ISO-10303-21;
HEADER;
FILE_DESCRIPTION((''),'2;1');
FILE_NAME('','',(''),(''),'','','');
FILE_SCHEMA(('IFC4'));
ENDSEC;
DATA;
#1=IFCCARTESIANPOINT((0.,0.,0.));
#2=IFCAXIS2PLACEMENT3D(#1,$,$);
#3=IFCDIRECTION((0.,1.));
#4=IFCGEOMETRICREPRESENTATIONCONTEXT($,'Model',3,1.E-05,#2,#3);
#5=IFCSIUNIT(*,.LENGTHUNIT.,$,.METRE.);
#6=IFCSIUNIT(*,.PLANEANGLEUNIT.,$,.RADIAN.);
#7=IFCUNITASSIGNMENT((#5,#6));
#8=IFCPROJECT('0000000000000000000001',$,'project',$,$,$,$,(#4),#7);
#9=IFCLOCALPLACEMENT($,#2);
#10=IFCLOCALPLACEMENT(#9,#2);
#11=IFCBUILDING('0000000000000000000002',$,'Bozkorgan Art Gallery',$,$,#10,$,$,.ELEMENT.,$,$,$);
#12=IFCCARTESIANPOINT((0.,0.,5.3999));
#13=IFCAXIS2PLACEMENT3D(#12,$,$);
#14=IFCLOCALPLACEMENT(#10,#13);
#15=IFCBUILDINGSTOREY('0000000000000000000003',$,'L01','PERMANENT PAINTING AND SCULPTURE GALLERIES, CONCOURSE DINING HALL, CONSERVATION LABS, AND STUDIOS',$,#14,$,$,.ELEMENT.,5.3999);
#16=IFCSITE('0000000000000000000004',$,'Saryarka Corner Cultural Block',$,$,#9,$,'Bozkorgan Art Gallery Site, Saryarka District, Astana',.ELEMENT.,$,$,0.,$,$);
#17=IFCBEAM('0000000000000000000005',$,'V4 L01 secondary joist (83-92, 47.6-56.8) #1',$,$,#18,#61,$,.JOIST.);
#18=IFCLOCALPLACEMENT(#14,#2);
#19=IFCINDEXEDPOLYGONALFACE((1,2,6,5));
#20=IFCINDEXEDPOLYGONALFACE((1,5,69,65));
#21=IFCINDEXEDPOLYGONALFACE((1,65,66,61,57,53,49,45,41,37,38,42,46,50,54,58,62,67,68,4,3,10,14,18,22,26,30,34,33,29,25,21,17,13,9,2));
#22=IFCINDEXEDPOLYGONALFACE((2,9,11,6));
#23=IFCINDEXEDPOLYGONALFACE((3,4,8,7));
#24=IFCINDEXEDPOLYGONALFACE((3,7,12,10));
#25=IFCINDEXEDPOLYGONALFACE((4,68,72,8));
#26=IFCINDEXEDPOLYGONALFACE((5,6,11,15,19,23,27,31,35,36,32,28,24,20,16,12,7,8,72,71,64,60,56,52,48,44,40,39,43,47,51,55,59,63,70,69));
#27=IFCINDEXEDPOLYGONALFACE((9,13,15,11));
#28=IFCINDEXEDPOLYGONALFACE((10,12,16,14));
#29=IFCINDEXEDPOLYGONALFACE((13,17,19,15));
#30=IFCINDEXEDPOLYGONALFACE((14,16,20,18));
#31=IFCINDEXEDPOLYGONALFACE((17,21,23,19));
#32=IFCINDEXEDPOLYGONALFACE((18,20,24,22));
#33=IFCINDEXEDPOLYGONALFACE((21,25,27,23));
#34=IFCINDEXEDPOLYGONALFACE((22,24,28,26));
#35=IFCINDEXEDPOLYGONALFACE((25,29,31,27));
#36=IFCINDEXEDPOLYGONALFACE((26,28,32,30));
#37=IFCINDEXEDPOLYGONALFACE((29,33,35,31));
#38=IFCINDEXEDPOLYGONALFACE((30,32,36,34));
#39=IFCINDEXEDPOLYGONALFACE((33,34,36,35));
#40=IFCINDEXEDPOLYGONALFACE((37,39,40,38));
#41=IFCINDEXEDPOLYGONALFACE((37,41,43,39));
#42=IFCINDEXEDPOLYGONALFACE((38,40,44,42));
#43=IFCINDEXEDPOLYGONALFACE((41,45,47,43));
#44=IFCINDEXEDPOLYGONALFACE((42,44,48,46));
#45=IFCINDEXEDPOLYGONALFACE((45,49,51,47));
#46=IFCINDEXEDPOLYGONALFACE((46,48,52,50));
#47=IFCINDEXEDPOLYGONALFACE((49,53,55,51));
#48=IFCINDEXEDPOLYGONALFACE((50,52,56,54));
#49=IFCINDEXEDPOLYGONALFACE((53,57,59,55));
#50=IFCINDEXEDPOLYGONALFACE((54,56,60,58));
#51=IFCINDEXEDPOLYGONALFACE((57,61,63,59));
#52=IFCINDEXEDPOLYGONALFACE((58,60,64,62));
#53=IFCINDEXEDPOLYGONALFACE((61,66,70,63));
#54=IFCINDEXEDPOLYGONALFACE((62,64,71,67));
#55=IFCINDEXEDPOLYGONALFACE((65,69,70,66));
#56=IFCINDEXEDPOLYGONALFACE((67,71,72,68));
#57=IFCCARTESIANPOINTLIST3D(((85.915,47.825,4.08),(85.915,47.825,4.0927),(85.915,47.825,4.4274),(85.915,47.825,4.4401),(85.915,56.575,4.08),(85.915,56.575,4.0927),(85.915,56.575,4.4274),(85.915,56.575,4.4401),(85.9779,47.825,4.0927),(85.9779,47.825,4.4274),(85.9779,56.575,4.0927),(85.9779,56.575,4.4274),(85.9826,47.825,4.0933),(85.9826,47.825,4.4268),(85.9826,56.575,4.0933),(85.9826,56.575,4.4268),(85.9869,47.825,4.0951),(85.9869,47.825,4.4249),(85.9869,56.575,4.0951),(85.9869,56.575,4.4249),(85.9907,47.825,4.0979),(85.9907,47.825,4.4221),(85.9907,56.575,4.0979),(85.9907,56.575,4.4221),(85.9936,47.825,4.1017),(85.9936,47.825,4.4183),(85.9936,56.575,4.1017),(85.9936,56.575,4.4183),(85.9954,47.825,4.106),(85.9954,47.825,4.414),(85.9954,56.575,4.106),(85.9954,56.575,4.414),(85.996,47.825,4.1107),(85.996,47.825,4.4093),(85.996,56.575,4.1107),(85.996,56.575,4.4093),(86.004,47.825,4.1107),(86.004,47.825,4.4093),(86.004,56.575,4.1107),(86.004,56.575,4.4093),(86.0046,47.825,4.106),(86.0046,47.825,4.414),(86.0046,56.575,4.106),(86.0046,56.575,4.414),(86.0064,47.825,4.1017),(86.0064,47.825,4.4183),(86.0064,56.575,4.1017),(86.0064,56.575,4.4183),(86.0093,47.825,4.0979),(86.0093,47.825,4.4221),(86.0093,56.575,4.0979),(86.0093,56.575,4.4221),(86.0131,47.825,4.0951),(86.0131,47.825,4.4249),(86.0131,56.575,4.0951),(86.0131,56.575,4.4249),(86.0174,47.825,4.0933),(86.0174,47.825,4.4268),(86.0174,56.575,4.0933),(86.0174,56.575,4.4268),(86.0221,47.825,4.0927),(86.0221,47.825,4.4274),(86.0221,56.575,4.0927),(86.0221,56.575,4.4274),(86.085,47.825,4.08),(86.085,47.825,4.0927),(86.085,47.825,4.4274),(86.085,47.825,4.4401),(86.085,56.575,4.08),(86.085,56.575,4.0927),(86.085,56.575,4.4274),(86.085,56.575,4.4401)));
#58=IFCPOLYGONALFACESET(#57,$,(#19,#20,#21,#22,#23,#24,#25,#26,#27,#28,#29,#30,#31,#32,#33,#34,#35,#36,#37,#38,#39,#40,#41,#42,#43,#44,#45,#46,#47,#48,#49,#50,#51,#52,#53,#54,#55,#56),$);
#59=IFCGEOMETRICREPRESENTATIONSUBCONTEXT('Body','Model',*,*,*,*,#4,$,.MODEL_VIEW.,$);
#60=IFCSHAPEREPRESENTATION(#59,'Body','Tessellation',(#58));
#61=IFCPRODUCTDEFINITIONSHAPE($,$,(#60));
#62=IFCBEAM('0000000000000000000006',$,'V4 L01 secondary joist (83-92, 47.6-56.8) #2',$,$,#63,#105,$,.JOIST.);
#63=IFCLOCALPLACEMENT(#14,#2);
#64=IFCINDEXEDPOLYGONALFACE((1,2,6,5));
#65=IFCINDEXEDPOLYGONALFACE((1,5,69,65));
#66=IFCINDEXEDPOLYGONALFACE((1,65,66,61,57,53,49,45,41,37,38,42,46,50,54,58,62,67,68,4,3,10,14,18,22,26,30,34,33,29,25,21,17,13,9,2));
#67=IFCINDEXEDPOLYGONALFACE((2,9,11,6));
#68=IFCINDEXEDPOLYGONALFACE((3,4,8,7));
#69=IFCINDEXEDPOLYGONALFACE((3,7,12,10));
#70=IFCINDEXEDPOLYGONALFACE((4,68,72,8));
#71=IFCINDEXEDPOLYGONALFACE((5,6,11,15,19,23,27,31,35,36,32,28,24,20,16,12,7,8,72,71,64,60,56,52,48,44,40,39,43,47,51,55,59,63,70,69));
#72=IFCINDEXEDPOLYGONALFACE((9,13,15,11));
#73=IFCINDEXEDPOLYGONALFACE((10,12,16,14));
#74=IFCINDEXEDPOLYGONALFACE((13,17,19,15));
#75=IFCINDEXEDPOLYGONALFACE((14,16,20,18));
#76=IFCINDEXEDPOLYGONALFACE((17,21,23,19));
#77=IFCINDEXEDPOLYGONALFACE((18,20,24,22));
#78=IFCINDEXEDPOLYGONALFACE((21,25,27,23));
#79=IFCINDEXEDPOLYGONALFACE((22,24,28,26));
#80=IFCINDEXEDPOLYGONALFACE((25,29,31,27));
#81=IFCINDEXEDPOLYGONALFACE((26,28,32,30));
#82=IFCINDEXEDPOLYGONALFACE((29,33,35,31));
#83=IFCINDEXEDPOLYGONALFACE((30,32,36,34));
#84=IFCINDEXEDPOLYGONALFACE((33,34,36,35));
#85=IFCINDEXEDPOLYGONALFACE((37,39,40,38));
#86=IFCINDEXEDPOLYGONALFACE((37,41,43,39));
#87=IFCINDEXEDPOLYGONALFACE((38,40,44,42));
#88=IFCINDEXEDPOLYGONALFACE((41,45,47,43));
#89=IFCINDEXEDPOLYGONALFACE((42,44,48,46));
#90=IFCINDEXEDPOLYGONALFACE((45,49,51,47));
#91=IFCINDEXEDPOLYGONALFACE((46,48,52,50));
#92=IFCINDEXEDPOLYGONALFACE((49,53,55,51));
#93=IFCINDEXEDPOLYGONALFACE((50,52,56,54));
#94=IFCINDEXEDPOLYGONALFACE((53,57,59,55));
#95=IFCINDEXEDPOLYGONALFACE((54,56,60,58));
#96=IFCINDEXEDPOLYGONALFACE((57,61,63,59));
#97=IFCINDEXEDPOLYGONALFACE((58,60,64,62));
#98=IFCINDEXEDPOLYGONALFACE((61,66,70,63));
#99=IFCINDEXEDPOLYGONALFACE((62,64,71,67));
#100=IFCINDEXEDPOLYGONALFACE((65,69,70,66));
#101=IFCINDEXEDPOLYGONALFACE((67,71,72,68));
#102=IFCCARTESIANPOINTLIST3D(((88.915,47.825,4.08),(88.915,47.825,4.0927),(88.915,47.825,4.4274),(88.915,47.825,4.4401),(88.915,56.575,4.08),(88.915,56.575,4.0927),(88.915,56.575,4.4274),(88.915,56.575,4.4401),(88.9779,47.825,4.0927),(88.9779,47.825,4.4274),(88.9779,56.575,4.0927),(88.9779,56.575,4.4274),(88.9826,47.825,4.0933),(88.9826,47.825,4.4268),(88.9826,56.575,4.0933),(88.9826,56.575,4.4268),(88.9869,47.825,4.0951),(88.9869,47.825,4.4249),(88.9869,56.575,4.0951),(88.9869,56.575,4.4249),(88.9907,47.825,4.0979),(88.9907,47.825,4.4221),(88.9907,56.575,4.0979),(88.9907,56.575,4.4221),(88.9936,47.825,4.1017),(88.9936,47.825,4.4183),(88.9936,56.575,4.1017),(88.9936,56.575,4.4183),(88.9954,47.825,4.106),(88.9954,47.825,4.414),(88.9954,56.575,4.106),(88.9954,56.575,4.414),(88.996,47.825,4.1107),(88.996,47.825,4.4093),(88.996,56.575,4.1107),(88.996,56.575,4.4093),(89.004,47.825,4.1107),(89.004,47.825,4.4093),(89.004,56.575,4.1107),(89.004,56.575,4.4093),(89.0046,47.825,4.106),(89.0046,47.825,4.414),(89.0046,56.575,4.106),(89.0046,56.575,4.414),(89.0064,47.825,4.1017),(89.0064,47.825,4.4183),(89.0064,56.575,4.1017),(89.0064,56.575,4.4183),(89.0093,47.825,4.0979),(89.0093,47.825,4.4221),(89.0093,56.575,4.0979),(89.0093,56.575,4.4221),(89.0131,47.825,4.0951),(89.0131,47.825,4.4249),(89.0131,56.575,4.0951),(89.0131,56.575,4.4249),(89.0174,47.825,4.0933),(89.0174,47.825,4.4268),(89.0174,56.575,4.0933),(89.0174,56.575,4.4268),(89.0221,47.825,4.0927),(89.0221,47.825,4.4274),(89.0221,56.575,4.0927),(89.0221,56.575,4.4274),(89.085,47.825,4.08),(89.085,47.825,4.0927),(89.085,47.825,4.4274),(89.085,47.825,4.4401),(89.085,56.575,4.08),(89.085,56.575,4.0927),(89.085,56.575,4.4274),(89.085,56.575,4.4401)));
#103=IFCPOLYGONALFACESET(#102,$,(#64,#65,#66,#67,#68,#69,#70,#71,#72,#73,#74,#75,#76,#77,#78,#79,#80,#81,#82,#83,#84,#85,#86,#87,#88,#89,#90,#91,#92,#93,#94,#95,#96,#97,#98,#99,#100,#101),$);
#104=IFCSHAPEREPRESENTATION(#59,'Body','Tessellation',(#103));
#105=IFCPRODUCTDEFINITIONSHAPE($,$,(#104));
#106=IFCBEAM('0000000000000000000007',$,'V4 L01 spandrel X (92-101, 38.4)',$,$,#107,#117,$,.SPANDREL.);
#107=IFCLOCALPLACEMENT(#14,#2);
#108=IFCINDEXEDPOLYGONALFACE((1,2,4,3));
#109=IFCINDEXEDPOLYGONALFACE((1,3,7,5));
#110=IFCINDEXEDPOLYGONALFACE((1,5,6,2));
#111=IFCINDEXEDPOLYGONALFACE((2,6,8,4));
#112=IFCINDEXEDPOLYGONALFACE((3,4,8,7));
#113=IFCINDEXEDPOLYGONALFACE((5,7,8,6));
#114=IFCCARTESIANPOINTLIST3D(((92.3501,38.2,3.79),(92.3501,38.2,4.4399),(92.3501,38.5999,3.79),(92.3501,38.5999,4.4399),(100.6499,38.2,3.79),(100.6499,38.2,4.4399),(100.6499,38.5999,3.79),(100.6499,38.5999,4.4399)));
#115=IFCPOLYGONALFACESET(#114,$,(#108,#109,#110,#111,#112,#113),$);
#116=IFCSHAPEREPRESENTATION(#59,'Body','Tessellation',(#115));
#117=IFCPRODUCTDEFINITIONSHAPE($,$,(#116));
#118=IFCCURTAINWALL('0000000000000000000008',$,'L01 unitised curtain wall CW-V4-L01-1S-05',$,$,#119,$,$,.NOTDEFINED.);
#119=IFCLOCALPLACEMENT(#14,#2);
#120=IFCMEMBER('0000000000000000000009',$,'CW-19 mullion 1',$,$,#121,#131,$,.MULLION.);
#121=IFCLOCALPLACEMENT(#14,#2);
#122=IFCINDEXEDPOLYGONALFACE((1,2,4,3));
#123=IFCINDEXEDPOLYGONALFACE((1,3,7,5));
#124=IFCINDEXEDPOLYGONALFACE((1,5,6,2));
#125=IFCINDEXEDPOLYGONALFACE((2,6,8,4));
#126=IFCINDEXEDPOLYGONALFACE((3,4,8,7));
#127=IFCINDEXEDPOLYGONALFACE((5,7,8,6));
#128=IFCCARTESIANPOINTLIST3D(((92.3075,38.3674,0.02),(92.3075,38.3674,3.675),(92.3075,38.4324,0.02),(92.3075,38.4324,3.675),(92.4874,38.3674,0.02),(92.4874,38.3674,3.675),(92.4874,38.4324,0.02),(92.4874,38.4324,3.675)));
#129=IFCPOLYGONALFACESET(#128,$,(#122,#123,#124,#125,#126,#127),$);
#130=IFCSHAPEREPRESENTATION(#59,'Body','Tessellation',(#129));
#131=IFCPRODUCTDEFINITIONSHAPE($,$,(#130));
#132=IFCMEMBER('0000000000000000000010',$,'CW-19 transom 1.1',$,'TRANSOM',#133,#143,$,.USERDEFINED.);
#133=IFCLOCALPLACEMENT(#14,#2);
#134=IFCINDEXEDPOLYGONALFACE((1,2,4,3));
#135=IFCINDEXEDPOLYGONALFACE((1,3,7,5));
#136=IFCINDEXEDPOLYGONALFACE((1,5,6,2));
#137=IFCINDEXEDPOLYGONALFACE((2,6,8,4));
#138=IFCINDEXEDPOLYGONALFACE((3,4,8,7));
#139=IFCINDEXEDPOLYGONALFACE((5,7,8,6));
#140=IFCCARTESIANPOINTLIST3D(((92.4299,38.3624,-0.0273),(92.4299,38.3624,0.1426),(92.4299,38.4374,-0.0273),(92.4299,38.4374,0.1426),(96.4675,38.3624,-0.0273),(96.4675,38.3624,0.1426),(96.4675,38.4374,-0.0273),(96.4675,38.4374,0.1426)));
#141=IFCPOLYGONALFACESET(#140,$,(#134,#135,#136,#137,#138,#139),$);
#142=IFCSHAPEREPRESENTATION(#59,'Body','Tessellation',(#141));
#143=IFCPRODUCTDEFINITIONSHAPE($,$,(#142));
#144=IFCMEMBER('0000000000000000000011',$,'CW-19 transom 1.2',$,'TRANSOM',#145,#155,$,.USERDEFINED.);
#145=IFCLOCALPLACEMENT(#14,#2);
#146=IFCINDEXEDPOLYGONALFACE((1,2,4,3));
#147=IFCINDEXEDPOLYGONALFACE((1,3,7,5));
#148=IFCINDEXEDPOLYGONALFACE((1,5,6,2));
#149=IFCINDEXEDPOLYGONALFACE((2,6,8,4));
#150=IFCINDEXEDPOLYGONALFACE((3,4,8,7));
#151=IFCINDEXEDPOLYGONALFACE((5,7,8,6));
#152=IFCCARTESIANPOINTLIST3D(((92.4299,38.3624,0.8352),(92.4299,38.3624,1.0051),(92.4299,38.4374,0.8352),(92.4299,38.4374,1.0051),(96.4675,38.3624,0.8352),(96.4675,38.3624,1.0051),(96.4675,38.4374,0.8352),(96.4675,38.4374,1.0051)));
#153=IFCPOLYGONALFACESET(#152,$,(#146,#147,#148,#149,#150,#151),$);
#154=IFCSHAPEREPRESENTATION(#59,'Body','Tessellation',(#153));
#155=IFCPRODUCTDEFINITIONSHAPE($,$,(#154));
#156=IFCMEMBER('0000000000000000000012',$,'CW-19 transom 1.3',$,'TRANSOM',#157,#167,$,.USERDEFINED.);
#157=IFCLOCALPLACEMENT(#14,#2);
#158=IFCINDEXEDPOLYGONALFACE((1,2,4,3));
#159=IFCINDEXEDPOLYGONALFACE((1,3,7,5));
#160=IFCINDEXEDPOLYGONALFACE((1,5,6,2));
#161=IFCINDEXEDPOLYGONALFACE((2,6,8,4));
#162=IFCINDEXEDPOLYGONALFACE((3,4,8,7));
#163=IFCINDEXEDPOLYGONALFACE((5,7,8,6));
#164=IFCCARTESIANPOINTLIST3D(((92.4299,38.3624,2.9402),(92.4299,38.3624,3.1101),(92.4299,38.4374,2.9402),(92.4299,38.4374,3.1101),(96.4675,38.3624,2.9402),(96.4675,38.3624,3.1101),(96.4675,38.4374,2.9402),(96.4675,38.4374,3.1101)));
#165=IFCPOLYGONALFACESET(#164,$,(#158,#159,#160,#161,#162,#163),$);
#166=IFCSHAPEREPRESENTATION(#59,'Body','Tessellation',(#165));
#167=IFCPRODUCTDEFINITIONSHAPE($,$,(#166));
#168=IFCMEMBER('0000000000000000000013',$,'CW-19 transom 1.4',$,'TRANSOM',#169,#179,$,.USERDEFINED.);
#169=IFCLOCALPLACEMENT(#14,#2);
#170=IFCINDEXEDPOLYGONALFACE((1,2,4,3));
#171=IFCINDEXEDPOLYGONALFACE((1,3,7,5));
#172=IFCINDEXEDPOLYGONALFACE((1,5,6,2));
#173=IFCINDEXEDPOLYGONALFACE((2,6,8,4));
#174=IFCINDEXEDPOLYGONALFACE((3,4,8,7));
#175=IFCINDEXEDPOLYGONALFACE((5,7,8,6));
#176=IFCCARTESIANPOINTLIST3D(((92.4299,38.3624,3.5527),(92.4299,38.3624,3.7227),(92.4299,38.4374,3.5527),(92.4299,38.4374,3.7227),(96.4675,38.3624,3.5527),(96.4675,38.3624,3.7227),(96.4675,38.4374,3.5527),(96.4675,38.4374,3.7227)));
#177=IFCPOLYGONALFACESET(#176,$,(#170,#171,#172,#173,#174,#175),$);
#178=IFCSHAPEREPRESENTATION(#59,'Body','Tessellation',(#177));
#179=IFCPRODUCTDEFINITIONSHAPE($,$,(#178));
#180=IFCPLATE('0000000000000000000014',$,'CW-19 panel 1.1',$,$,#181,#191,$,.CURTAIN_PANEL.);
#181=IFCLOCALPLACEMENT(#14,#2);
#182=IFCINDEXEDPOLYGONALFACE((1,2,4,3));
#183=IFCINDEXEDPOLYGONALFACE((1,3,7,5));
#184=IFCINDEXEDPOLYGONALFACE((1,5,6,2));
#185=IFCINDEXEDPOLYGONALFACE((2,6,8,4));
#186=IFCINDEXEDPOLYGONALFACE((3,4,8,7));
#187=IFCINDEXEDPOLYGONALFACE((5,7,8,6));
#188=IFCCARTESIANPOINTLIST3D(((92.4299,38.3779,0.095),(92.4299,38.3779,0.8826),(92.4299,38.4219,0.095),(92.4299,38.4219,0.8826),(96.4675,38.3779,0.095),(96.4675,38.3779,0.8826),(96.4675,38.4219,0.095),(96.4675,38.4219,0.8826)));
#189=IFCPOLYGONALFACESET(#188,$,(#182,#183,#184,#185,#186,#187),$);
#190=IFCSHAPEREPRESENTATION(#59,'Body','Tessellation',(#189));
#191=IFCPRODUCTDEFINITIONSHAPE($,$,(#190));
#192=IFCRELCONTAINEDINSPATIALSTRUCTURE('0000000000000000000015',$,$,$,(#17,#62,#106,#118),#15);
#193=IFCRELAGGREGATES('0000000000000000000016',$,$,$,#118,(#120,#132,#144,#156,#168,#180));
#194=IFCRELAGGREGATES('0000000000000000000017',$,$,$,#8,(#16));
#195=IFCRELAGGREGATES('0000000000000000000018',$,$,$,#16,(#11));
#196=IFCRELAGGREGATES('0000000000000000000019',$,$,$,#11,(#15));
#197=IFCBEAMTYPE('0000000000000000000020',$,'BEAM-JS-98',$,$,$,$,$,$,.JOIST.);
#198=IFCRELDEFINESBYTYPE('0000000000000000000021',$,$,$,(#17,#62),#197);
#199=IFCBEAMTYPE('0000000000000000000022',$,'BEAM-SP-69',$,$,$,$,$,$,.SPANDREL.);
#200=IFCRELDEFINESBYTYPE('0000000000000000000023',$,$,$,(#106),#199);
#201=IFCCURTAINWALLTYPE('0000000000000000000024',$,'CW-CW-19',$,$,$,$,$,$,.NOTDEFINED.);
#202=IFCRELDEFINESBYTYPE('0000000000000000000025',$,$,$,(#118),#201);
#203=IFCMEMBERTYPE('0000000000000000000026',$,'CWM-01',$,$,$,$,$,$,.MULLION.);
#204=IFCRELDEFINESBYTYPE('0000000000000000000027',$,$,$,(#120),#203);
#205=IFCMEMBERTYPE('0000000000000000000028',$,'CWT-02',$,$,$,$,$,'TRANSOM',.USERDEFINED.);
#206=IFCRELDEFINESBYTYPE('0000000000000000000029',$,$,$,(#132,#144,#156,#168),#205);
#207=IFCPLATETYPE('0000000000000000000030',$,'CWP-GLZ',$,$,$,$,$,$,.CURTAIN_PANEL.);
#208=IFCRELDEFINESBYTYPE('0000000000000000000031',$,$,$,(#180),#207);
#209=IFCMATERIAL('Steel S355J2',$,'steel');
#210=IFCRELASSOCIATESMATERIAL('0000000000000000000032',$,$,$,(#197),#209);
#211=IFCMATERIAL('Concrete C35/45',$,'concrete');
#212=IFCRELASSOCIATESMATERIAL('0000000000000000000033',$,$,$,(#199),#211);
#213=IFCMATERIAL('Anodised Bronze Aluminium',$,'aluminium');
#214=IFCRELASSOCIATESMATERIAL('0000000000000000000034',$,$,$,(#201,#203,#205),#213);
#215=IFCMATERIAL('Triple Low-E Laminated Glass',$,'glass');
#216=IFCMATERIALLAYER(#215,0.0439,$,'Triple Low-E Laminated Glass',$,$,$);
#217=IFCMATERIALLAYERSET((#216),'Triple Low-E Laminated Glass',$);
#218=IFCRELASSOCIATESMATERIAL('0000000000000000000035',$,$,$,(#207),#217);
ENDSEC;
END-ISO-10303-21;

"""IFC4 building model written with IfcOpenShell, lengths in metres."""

from ifc_helpers import new_model, si_unit, direction, frame, origin, origin_2d, place, context, subcontext, project, spatial, rectangle, i_section, extrude, material, layer, layer_set, material_profile, profile_set, type_object, element, aggregate, save


model = new_model("IFC4")

# Units and contexts
model_context = context("Model", 3, precision=1e-05, world=origin(), true_north=direction((0.0, 1.0)))
body_context = subcontext(model_context, "Body", "Model", "MODEL_VIEW")
ifc_project = project(units=[si_unit("LENGTHUNIT", "METRE"), si_unit("PLANEANGLEUNIT", "RADIAN")], contexts=[model_context])

# Site, building, storey
site_placement = place(None, origin())
site = spatial("IfcSite", under=ifc_project, at=site_placement, Name="Saryarka Corner Cultural Block", LongName="Bozkorgan Art Gallery Site, Saryarka District, Astana", CompositionType="ELEMENT", RefElevation=0.0)
building_placement = place(site_placement, origin())
building = spatial("IfcBuilding", under=site, at=building_placement, Name="Bozkorgan Art Gallery", CompositionType="ELEMENT")
storey_placement = place(building_placement, frame((0.0, 0.0, 5.3999)))
storey = spatial("IfcBuildingStorey", under=building, at=storey_placement, Name="L01", Description="PERMANENT PAINTING AND SCULPTURE GALLERIES, CONCOURSE DINING HALL, CONSERVATION LABS, AND STUDIOS", CompositionType="ELEMENT", Elevation=5.3999)

# Beams
ifc_material_1 = material(Name="Concrete C35/45", Category="concrete")
ifc_material_2 = material(Name="Steel S355J2", Category="steel")
ifc_material_profile_1 = material_profile(ifc_material_2, i_section(OverallWidth=0.1699, OverallDepth=0.3601, WebThickness=0.0081, FlangeThickness=0.0127, FilletRadius=0.0181, at=origin_2d()), Name="IPE 360")
ifc_profile_set_1 = profile_set([ifc_material_profile_1], Name="Steel S355J2")
beam_type_1 = type_object("IfcBeamType", Name="BEAM-JS-98", PredefinedType="JOIST", material=ifc_profile_set_1)
for number, where, z_axis, x_axis, name in (
    (1, (86.0, 47.825, 4.26), (0.0, 1.0, 0.0), (-1.0, 0.0, 0.0), "V4 L01 secondary joist (83-92, 47.6-56.8) #1"),
    (2, (89.0, 47.825, 4.26), (0.0, 1.0, 0.0), (-1.0, 0.0, 0.0), "V4 L01 secondary joist (83-92, 47.6-56.8) #2"),
):
    element("IfcBeam", number, at=place(storey_placement, frame(where, z_axis=z_axis, x_axis=x_axis)), inside=storey, type_object=beam_type_1, Name=name, PredefinedType="JOIST", context=body_context, shape_type="SweptSolid", body=[
        extrude(i_section(OverallWidth=0.1699, OverallDepth=0.3601, WebThickness=0.0081, FlangeThickness=0.0127, FilletRadius=0.0181, at=origin_2d()), origin(), (0.0, 0.0, 1.0), 8.75),
    ])
ifc_material_profile_2 = material_profile(ifc_material_1, rectangle(XDim=0.3999, YDim=0.6499, at=origin_2d()), Name="RC 400x650")
ifc_profile_set_2 = profile_set([ifc_material_profile_2], Name="Concrete C35/45")
beam_type_2 = type_object("IfcBeamType", Name="BEAM-SP-69", PredefinedType="SPANDREL", material=ifc_profile_set_2)
beam_1_placement = place(storey_placement, frame((92.3501, 38.3999, 4.115), z_axis=(1.0, 0.0, 0.0), x_axis=(0.0, 1.0, 0.0)))
element("IfcBeam", 3, at=beam_1_placement, inside=storey, type_object=beam_type_2, Name="V4 L01 spandrel X (92-101, 38.4)", PredefinedType="SPANDREL", context=body_context, shape_type="SweptSolid", body=[
    extrude(rectangle(XDim=0.3999, YDim=0.6499, at=origin_2d()), origin(), (0.0, 0.0, 1.0), 8.2998),
])

# Curtain wall, members, plate
ifc_material_3 = material(Name="Anodised Bronze Aluminium", Category="aluminium")
curtain_wall_type = type_object("IfcCurtainWallType", Name="CW-CW-19", PredefinedType="NOTDEFINED", material=ifc_material_3)
curtain_wall_placement = place(storey_placement, origin())
curtain_wall = element("IfcCurtainWall", 4, at=curtain_wall_placement, inside=storey, type_object=curtain_wall_type, Name="L01 unitised curtain wall CW-V4-L01-1S-05", PredefinedType="NOTDEFINED")
ifc_material_profile_3 = material_profile(ifc_material_3, rectangle(XDim=0.0649, YDim=0.1799, at=origin_2d()), Name="ALU MULLION 65x180")
ifc_profile_set_3 = profile_set([ifc_material_profile_3], Name="Anodised Bronze Aluminium")
member_type_1 = type_object("IfcMemberType", Name="CWM-01", PredefinedType="MULLION", material=ifc_profile_set_3)
member_1_placement = place(storey_placement, frame((92.3975, 38.3999, 0.02), z_axis=(0.0, 0.0, 1.0), x_axis=(0.0, 1.0, 0.0)))
member_1 = element("IfcMember", 5, at=member_1_placement, type_object=member_type_1, Name="CW-19 mullion 1", PredefinedType="MULLION", context=body_context, shape_type="SweptSolid", body=[
    extrude(rectangle(XDim=0.0649, YDim=0.1799, at=origin_2d()), origin(), (0.0, 0.0, 1.0), 3.655),
])
ifc_material_profile_4 = material_profile(ifc_material_3, rectangle(XDim=0.075, YDim=0.1699, at=origin_2d()), Name="ALU TRANSOM 75x170")
ifc_profile_set_4 = profile_set([ifc_material_profile_4], Name="Anodised Bronze Aluminium")
member_type_2 = type_object("IfcMemberType", Name="CWT-02", ElementType="TRANSOM", PredefinedType="USERDEFINED", material=ifc_profile_set_4)
member_2_placement = place(storey_placement, frame((92.4299, 38.3999, 0.0576), z_axis=(1.0, 0.0, 0.0), x_axis=(0.0, 1.0, 0.0)))
member_2 = element("IfcMember", 6, at=member_2_placement, type_object=member_type_2, Name="CW-19 transom 1.1", ObjectType="TRANSOM", PredefinedType="USERDEFINED", context=body_context, shape_type="SweptSolid", body=[
    extrude(rectangle(XDim=0.075, YDim=0.1699, at=origin_2d()), origin(), (0.0, 0.0, 1.0), 4.0376),
])
member_3_placement = place(storey_placement, frame((92.4299, 38.3999, 0.9202), z_axis=(1.0, 0.0, 0.0), x_axis=(0.0, 1.0, 0.0)))
member_3 = element("IfcMember", 7, at=member_3_placement, type_object=member_type_2, Name="CW-19 transom 1.2", ObjectType="TRANSOM", PredefinedType="USERDEFINED", context=body_context, shape_type="SweptSolid", body=[
    extrude(rectangle(XDim=0.075, YDim=0.1699, at=origin_2d()), origin(), (0.0, 0.0, 1.0), 4.0376),
])
member_4_placement = place(storey_placement, frame((92.4299, 38.3999, 3.0251), z_axis=(1.0, 0.0, 0.0), x_axis=(0.0, 1.0, 0.0)))
member_4 = element("IfcMember", 8, at=member_4_placement, type_object=member_type_2, Name="CW-19 transom 1.3", ObjectType="TRANSOM", PredefinedType="USERDEFINED", context=body_context, shape_type="SweptSolid", body=[
    extrude(rectangle(XDim=0.075, YDim=0.1699, at=origin_2d()), origin(), (0.0, 0.0, 1.0), 4.0376),
])
member_5_placement = place(storey_placement, frame((92.4299, 38.3999, 3.6377), z_axis=(1.0, 0.0, 0.0), x_axis=(0.0, 1.0, 0.0)))
member_5 = element("IfcMember", 9, at=member_5_placement, type_object=member_type_2, Name="CW-19 transom 1.4", ObjectType="TRANSOM", PredefinedType="USERDEFINED", context=body_context, shape_type="SweptSolid", body=[
    extrude(rectangle(XDim=0.075, YDim=0.1699, at=origin_2d()), origin(), (0.0, 0.0, 1.0), 4.0376),
])
ifc_material_4 = material(Name="Triple Low-E Laminated Glass", Category="glass")
ifc_layer = layer(ifc_material_4, 0.0439, Name="Triple Low-E Laminated Glass")
ifc_layer_set = layer_set([ifc_layer], Name="Triple Low-E Laminated Glass")
plate_type = type_object("IfcPlateType", Name="CWP-GLZ", PredefinedType="CURTAIN_PANEL", material=ifc_layer_set)
plate_placement = place(storey_placement, frame((94.4487, 38.3999, 0.095), z_axis=(0.0, 0.0, 1.0), x_axis=(1.0, 0.0, 0.0)))
plate = element("IfcPlate", 10, at=plate_placement, type_object=plate_type, Name="CW-19 panel 1.1", PredefinedType="CURTAIN_PANEL", context=body_context, shape_type="SweptSolid", body=[
    extrude(rectangle(XDim=4.0376, YDim=0.0439, at=origin_2d()), origin(), (0.0, 0.0, 1.0), 0.7876),
])
aggregate(curtain_wall, [member_1, member_2, member_3, member_4, member_5, plate])

save(model, "model.ifc")
